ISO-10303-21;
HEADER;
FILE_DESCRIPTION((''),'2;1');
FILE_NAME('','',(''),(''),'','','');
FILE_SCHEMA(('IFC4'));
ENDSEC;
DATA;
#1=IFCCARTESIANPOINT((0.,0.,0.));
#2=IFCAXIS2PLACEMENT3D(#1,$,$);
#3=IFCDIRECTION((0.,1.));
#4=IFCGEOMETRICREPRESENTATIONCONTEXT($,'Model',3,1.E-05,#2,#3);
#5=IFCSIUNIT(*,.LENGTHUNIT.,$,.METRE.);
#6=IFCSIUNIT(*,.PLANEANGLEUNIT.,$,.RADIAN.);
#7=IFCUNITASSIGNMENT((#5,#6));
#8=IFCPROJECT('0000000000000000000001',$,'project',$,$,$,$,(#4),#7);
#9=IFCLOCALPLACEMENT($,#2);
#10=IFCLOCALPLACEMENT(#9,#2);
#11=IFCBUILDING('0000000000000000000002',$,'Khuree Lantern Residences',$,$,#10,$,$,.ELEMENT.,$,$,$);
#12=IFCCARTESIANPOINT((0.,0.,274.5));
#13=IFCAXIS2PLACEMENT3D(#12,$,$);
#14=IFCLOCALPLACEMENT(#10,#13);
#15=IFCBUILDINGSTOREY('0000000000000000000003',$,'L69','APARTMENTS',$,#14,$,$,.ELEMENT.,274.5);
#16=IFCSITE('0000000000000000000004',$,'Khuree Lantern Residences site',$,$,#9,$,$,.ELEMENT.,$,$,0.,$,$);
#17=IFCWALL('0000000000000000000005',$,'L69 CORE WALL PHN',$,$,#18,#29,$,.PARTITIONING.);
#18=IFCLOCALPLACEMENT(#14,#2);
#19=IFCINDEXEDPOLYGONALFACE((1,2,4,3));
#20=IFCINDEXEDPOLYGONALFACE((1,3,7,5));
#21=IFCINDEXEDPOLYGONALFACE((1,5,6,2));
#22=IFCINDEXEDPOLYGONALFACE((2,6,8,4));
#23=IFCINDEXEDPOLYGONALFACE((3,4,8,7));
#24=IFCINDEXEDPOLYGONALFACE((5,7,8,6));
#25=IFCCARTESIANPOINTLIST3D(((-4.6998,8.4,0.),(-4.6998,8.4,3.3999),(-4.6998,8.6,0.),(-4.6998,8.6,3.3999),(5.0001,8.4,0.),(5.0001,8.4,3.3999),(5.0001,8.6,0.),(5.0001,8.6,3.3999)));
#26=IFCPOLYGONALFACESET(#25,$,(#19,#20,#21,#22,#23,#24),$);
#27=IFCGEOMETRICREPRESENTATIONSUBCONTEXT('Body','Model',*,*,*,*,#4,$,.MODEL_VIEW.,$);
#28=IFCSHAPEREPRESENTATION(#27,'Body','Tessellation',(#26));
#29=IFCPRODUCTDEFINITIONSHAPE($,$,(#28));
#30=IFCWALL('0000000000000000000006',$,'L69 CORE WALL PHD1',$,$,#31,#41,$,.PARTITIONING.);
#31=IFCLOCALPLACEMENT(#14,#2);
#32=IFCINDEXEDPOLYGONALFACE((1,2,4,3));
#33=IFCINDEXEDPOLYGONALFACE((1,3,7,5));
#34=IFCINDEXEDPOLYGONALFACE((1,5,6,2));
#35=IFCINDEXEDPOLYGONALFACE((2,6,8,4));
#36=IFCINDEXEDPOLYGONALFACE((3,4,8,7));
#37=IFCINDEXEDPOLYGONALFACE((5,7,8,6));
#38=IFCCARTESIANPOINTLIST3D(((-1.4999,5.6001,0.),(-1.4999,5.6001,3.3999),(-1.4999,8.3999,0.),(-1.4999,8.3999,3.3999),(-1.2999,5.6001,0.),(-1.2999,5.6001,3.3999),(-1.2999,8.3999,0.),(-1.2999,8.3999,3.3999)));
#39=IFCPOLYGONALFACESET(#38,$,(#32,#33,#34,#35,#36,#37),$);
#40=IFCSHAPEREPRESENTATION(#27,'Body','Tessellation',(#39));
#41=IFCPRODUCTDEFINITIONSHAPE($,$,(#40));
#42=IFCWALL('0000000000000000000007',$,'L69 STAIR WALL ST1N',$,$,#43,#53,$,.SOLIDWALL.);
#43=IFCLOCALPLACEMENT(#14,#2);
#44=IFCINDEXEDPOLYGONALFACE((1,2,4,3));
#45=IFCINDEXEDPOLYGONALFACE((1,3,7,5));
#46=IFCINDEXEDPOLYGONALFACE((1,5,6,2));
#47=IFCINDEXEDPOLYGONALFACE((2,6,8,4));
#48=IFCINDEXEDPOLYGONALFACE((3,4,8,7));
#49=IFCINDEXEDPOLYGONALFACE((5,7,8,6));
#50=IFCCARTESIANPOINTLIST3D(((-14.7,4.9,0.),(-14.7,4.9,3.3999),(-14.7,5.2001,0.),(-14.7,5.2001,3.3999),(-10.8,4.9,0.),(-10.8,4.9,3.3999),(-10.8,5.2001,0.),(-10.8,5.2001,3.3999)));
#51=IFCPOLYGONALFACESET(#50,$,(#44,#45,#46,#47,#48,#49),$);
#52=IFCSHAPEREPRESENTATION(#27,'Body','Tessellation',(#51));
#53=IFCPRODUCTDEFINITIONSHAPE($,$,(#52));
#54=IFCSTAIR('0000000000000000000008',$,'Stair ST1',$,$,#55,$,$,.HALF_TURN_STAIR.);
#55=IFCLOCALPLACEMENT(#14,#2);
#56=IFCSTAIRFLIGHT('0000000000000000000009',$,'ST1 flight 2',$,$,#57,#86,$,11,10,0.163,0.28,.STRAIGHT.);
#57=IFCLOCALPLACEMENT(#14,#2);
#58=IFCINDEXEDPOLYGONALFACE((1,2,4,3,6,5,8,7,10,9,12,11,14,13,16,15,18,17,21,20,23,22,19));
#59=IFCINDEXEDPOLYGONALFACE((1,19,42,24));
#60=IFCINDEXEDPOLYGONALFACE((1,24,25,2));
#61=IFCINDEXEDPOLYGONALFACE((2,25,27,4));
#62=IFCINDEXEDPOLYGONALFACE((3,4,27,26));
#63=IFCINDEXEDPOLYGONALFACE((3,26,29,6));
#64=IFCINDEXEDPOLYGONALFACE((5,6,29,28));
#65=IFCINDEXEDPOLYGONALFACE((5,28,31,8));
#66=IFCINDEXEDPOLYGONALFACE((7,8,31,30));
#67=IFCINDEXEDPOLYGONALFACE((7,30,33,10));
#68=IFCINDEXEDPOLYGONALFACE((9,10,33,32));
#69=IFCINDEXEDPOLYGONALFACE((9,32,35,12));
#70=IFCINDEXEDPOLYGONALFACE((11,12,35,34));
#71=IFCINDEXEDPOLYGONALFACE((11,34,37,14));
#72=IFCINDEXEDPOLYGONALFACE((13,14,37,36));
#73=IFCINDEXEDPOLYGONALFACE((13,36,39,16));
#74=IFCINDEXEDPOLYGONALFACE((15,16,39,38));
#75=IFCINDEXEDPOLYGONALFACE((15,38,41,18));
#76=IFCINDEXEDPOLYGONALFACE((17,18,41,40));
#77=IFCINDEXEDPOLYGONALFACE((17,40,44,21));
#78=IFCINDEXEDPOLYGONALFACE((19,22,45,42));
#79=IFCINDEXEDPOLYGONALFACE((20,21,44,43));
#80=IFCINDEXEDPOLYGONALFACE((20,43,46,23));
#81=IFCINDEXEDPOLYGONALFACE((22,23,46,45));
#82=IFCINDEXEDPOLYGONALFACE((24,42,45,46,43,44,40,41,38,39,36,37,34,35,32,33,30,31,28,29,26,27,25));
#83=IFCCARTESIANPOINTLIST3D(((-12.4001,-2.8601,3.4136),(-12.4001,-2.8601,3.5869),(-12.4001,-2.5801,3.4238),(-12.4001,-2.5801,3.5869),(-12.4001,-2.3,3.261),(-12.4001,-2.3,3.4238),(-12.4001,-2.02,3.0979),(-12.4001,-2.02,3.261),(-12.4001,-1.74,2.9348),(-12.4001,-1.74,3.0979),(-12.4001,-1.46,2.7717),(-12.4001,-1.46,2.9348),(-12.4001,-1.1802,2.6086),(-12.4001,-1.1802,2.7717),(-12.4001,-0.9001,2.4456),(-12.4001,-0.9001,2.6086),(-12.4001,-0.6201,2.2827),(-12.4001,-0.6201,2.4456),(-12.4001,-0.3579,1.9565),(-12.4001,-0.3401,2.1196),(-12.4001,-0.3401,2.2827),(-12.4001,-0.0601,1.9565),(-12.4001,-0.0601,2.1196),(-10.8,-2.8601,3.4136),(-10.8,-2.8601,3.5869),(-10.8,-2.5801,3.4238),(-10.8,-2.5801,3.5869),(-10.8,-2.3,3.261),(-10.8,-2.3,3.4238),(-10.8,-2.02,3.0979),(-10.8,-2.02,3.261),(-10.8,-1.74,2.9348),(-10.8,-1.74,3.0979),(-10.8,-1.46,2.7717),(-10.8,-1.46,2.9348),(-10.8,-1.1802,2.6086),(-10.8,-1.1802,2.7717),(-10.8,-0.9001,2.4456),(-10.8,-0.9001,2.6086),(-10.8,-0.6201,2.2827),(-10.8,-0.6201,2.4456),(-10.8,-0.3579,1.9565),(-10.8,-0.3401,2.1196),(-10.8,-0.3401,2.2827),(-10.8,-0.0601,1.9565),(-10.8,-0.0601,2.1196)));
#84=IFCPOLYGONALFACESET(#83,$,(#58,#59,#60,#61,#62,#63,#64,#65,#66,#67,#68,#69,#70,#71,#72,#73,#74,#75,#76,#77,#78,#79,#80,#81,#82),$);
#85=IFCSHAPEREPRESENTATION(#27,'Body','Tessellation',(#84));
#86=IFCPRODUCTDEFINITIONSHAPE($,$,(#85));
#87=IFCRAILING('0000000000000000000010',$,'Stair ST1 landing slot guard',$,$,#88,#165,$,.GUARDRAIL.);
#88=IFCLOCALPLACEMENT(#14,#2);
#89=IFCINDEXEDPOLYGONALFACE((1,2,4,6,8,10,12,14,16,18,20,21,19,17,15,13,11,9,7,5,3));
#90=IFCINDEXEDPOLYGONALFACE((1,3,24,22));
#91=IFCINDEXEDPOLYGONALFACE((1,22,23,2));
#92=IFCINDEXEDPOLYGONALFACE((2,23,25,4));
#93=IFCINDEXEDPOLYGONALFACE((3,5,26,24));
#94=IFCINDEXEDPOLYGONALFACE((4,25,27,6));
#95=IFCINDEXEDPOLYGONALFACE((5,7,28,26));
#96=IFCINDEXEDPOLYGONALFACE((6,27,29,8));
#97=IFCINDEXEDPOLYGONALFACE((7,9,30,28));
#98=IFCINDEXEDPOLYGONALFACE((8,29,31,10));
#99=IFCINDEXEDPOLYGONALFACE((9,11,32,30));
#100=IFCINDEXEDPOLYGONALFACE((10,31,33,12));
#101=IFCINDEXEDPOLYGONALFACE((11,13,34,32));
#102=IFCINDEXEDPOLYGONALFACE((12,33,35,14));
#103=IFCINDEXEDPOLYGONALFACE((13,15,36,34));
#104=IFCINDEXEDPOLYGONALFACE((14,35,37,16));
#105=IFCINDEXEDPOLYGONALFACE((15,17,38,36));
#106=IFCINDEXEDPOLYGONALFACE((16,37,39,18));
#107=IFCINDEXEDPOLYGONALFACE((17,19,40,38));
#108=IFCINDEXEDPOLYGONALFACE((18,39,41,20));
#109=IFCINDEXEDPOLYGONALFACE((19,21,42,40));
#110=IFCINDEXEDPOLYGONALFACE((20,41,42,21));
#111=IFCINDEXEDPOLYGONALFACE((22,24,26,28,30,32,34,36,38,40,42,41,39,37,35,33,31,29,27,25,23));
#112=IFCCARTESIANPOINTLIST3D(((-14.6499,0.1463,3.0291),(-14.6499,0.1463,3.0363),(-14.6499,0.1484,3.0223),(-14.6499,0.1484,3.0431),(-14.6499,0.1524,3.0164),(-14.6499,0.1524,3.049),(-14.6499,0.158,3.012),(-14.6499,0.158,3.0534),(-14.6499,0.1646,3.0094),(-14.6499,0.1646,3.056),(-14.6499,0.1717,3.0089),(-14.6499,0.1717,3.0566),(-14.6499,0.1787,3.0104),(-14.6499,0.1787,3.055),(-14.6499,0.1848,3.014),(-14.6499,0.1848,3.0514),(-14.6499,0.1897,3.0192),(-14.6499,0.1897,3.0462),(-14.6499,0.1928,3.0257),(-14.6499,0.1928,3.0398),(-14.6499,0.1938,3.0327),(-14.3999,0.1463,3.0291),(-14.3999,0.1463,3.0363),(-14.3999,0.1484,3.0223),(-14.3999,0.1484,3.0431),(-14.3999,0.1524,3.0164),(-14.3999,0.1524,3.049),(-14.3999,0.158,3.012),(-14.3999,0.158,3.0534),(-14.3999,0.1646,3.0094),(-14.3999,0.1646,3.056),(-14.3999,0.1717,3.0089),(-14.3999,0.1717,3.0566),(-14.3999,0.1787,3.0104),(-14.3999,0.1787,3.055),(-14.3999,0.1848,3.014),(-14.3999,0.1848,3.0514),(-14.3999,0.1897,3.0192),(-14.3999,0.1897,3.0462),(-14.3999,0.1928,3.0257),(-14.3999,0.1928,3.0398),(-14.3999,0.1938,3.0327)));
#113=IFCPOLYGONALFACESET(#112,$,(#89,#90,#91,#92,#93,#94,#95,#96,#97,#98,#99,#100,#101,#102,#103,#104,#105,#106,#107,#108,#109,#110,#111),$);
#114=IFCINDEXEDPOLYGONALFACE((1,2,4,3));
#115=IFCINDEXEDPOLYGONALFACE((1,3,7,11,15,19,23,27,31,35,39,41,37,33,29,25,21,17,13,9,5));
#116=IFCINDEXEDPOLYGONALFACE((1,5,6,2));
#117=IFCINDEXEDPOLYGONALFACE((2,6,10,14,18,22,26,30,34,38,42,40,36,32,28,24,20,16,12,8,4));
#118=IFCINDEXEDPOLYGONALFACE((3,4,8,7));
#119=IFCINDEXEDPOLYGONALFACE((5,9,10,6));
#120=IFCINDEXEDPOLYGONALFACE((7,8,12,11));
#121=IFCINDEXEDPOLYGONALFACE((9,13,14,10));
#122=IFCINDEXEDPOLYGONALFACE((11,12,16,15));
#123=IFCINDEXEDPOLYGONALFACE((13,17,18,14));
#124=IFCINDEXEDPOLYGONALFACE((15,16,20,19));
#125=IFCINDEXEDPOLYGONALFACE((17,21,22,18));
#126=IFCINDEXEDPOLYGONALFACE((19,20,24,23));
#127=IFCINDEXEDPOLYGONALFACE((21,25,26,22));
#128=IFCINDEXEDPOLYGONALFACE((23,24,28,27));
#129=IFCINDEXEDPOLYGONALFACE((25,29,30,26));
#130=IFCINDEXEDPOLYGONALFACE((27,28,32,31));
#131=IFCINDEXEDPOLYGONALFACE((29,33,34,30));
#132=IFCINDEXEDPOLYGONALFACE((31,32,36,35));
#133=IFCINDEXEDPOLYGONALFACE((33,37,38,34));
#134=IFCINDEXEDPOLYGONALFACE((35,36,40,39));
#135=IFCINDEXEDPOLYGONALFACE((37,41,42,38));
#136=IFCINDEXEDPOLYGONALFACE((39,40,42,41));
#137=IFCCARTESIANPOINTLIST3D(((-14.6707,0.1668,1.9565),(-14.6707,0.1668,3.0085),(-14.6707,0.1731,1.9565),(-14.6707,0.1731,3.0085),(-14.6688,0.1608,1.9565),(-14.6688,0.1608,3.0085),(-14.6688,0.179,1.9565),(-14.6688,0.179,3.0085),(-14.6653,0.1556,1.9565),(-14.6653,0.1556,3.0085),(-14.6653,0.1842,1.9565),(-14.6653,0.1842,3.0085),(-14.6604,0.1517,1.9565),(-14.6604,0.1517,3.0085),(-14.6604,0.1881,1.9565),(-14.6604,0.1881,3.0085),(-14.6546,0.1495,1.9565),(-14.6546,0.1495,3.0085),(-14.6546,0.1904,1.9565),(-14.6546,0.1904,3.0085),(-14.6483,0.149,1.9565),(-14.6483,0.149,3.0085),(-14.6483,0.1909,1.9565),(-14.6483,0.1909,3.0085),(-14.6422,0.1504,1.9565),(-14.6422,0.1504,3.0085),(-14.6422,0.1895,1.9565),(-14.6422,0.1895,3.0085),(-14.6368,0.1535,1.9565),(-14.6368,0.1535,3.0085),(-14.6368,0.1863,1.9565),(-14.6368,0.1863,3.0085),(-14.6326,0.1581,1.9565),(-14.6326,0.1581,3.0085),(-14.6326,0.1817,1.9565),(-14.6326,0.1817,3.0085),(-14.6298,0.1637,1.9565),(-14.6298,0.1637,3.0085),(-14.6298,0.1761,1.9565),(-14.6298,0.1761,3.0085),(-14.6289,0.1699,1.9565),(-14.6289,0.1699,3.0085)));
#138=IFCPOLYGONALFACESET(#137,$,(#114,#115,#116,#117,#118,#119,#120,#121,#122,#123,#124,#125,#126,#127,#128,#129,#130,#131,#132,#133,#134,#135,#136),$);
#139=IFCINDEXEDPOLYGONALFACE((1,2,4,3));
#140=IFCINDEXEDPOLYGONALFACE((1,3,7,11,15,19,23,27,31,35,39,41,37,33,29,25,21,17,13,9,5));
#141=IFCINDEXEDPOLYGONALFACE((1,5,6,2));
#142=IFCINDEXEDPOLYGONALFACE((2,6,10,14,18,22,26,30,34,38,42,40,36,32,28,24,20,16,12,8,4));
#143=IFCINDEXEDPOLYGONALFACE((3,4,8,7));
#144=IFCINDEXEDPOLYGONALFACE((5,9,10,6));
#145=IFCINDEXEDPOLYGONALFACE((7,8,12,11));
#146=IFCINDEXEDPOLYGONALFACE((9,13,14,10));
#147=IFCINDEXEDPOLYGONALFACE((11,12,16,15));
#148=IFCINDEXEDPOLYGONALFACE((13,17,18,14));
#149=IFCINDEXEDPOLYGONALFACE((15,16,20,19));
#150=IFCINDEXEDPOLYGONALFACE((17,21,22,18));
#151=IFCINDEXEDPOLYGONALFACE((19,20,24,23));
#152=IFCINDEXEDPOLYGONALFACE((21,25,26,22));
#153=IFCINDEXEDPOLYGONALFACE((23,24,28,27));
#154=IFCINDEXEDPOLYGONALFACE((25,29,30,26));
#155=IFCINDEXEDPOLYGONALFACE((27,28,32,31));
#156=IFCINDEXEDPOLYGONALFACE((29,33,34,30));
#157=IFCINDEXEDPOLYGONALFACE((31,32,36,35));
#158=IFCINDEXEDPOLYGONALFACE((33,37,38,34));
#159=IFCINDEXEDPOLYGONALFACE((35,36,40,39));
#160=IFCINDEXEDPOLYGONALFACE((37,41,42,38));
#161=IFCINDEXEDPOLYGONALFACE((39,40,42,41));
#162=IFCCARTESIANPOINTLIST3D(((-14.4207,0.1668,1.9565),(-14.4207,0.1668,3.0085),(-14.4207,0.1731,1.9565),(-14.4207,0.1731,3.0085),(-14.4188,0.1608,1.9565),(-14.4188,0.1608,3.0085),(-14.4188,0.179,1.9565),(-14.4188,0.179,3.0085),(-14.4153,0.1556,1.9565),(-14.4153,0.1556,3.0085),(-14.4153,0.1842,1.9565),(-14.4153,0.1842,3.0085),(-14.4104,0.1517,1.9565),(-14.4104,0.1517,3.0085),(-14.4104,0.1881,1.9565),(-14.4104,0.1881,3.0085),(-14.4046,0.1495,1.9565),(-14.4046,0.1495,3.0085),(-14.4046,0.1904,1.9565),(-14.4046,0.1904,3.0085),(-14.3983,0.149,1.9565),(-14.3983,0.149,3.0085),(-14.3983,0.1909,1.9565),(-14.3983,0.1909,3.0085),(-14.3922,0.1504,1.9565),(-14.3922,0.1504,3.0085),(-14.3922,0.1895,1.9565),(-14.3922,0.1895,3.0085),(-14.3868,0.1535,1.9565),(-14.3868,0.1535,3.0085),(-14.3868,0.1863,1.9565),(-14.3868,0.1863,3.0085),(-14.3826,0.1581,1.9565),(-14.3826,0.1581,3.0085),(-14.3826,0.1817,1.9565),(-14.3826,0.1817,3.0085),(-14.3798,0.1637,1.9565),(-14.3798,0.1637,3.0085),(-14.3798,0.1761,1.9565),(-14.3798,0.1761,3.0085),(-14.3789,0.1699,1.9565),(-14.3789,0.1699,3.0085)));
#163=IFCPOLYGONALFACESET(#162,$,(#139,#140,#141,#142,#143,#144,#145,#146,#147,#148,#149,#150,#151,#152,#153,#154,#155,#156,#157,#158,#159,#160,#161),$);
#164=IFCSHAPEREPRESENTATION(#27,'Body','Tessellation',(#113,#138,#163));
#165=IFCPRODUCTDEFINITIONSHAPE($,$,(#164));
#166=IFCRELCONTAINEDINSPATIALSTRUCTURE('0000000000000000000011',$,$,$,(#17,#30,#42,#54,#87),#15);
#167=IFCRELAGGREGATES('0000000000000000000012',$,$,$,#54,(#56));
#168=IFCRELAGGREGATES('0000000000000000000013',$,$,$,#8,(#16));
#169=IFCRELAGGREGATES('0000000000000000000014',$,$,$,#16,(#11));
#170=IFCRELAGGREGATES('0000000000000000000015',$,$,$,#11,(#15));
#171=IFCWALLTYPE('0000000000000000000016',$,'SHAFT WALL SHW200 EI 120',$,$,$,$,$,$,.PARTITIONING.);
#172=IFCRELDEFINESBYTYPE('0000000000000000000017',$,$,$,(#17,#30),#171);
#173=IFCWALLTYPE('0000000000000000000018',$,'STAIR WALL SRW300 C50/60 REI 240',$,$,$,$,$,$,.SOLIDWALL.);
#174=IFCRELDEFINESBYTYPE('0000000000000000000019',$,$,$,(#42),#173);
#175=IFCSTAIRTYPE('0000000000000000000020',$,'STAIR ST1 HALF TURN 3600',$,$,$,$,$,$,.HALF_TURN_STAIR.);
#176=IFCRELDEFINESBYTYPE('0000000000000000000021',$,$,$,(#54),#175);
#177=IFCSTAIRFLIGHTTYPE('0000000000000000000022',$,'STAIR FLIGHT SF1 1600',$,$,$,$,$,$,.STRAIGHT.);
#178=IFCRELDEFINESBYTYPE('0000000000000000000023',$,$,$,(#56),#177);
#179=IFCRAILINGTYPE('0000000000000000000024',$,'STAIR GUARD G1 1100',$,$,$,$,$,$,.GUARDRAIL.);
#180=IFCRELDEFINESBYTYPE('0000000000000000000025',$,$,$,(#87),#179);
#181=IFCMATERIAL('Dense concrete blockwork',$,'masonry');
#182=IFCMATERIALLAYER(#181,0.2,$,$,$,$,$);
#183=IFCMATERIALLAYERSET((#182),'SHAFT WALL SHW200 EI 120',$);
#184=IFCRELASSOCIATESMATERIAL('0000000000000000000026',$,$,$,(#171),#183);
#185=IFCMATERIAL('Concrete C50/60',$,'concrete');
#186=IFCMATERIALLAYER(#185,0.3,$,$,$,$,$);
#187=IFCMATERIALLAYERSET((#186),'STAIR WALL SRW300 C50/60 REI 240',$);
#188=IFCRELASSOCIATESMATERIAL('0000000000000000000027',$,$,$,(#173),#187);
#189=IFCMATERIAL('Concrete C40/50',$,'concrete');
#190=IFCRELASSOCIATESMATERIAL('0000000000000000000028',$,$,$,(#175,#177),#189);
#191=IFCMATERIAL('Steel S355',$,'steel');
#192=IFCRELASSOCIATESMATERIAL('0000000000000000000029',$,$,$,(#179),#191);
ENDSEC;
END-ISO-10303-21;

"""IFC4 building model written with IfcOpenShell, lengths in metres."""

from ifc_helpers import new_model, si_unit, direction, frame, frame_2d, origin, origin_2d, place, context, subcontext, project, spatial, polyline, rectangle, circle, outline, extrude, material, layer, layer_set, type_object, element, aggregate, save


model = new_model("IFC4")

# Units and contexts
model_context = context("Model", 3, precision=1e-05, world=origin(), true_north=direction((0.0, 1.0)))
body_context = subcontext(model_context, "Body", "Model", "MODEL_VIEW")
ifc_project = project(units=[si_unit("LENGTHUNIT", "METRE"), si_unit("PLANEANGLEUNIT", "RADIAN")], contexts=[model_context])

# Site, building, storey
site_placement = place(None, origin())
site = spatial("IfcSite", under=ifc_project, at=site_placement, Name="Khuree Lantern Residences site", CompositionType="ELEMENT", RefElevation=0.0)
building_placement = place(site_placement, origin())
building = spatial("IfcBuilding", under=site, at=building_placement, Name="Khuree Lantern Residences", CompositionType="ELEMENT")
storey_placement = place(building_placement, frame((0.0, 0.0, 274.5)))
storey = spatial("IfcBuildingStorey", under=building, at=storey_placement, Name="L69", Description="APARTMENTS", CompositionType="ELEMENT", Elevation=274.5)

# Shared definitions
ifc_material_1 = material(Name="Concrete C50/60", Category="concrete")

# Shared definitions
ifc_material_2 = material(Name="Dense concrete blockwork", Category="masonry")

# Walls
ifc_layer_1 = layer(ifc_material_2, 0.2)
ifc_layer_set_1 = layer_set([ifc_layer_1], Name="SHAFT WALL SHW200 EI 120")
wall_type_1 = type_object("IfcWallType", Name="SHAFT WALL SHW200 EI 120", PredefinedType="PARTITIONING", material=ifc_layer_set_1)
wall_1_placement = place(storey_placement, frame((-4.7, 8.5, 0.0), z_axis=(0.0, 0.0, 1.0), x_axis=(1.0, 0.0, 0.0)))
element("IfcWall", 1, at=wall_1_placement, inside=storey, type_object=wall_type_1, Name="L69 CORE WALL PHN", PredefinedType="PARTITIONING", context=body_context, shape_type="SweptSolid", body=[
    extrude(rectangle(XDim=9.7, YDim=0.2, at=frame_2d((4.8501, 0.0))), origin(), (0.0, 0.0, 1.0), 3.3999),
])
wall_2_placement = place(storey_placement, frame((-1.3999, 5.6001, 0.0), z_axis=(0.0, 0.0, 1.0), x_axis=(0.0, 1.0, 0.0)))
element("IfcWall", 2, at=wall_2_placement, inside=storey, type_object=wall_type_1, Name="L69 CORE WALL PHD1", PredefinedType="PARTITIONING", context=body_context, shape_type="SweptSolid", body=[
    extrude(rectangle(XDim=2.7998, YDim=0.2, at=frame_2d((1.3999, 0.0))), origin(), (0.0, 0.0, 1.0), 3.3999),
])
ifc_layer_2 = layer(ifc_material_1, 0.3)
ifc_layer_set_2 = layer_set([ifc_layer_2], Name="STAIR WALL SRW300 C50/60 REI 240")
wall_type_2 = type_object("IfcWallType", Name="STAIR WALL SRW300 C50/60 REI 240", PredefinedType="SOLIDWALL", material=ifc_layer_set_2)
wall_3_placement = place(storey_placement, frame((-14.7, 5.05, 0.0), z_axis=(0.0, 0.0, 1.0), x_axis=(1.0, 0.0, 0.0)))
element("IfcWall", 3, at=wall_3_placement, inside=storey, type_object=wall_type_2, Name="L69 STAIR WALL ST1N", PredefinedType="SOLIDWALL", context=body_context, shape_type="SweptSolid", body=[
    extrude(rectangle(XDim=3.8999, YDim=0.3, at=frame_2d((1.95, 0.0))), origin(), (0.0, 0.0, 1.0), 3.3999),
])

# Stair, stair flight
ifc_material_3 = material(Name="Concrete C40/50", Category="concrete")
stair_type = type_object("IfcStairType", Name="STAIR ST1 HALF TURN 3600", PredefinedType="HALF_TURN_STAIR", material=ifc_material_3)
stair_placement = place(storey_placement, origin())
stair = element("IfcStair", 4, at=stair_placement, inside=storey, type_object=stair_type, Name="Stair ST1", PredefinedType="HALF_TURN_STAIR")
stair_flight_type = type_object("IfcStairFlightType", Name="STAIR FLIGHT SF1 1600", PredefinedType="STRAIGHT", material=ifc_material_3)
stair_flight_placement = place(storey_placement, frame((-11.6001, -0.0601, 1.9565), z_axis=(0.0, 0.0, 1.0), x_axis=(0.0, -1.0, 0.0)))
stair_flight = element("IfcStairFlight", 5, at=stair_flight_placement, type_object=stair_flight_type, Name="ST1 flight 2", NumberOfRisers=11, NumberOfTreads=10, PredefinedType="STRAIGHT", RiserHeight=0.163, TreadLength=0.28, context=body_context, shape_type="SweptSolid", body=[
    extrude(outline(polyline([(0.0, 0.0), (0.0, 0.1631), (0.28, 0.1631), (0.28, 0.3262), (0.5601, 0.3262), (0.5601, 0.489), (0.8401, 0.489), (0.8401, 0.6521), (1.1201, 0.6521), (1.1201, 0.8152), (1.3999, 0.8152), (1.3999, 0.9783), (1.6799, 0.9783), (1.6799, 1.1414), (1.96, 1.1414), (1.96, 1.3044), (2.24, 1.3044), (2.24, 1.4673), (2.52, 1.4673), (2.52, 1.6304), (2.8, 1.6304), (2.8, 1.7935), (2.8, 1.457), (0.2979, 0.0), (0.0, 0.0)])), frame((0.0, 0.8, 0.0), z_axis=(0.0, -1.0, 0.0), x_axis=(1.0, 0.0, 0.0)), (0.0, 0.0, 1.0), 1.6001),
])
aggregate(stair, [stair_flight])

# Railing
ifc_material_4 = material(Name="Steel S355", Category="steel")
railing_type = type_object("IfcRailingType", Name="STAIR GUARD G1 1100", PredefinedType="GUARDRAIL", material=ifc_material_4)
railing_placement = place(storey_placement, frame((-14.6499, 0.1699, 1.9565)))
element("IfcRailing", 6, at=railing_placement, inside=storey, type_object=railing_type, Name="Stair ST1 landing slot guard", PredefinedType="GUARDRAIL", context=body_context, shape_type="SweptSolid", body=[
    extrude(circle(Radius=0.0239, at=origin_2d()), frame((0.0, 0.0, 1.0762), z_axis=(1.0, 0.0, 0.0), x_axis=(0.0, 1.0, 0.0)), (0.0, 0.0, 1.0), 0.25),
    extrude(circle(Radius=0.021, at=origin_2d()), origin(), (0.0, 0.0, 1.0), 1.052),
    extrude(circle(Radius=0.021, at=origin_2d()), frame((0.25, 0.0, 0.0)), (0.0, 0.0, 1.0), 1.052),
])

save(model, "model.ifc")
